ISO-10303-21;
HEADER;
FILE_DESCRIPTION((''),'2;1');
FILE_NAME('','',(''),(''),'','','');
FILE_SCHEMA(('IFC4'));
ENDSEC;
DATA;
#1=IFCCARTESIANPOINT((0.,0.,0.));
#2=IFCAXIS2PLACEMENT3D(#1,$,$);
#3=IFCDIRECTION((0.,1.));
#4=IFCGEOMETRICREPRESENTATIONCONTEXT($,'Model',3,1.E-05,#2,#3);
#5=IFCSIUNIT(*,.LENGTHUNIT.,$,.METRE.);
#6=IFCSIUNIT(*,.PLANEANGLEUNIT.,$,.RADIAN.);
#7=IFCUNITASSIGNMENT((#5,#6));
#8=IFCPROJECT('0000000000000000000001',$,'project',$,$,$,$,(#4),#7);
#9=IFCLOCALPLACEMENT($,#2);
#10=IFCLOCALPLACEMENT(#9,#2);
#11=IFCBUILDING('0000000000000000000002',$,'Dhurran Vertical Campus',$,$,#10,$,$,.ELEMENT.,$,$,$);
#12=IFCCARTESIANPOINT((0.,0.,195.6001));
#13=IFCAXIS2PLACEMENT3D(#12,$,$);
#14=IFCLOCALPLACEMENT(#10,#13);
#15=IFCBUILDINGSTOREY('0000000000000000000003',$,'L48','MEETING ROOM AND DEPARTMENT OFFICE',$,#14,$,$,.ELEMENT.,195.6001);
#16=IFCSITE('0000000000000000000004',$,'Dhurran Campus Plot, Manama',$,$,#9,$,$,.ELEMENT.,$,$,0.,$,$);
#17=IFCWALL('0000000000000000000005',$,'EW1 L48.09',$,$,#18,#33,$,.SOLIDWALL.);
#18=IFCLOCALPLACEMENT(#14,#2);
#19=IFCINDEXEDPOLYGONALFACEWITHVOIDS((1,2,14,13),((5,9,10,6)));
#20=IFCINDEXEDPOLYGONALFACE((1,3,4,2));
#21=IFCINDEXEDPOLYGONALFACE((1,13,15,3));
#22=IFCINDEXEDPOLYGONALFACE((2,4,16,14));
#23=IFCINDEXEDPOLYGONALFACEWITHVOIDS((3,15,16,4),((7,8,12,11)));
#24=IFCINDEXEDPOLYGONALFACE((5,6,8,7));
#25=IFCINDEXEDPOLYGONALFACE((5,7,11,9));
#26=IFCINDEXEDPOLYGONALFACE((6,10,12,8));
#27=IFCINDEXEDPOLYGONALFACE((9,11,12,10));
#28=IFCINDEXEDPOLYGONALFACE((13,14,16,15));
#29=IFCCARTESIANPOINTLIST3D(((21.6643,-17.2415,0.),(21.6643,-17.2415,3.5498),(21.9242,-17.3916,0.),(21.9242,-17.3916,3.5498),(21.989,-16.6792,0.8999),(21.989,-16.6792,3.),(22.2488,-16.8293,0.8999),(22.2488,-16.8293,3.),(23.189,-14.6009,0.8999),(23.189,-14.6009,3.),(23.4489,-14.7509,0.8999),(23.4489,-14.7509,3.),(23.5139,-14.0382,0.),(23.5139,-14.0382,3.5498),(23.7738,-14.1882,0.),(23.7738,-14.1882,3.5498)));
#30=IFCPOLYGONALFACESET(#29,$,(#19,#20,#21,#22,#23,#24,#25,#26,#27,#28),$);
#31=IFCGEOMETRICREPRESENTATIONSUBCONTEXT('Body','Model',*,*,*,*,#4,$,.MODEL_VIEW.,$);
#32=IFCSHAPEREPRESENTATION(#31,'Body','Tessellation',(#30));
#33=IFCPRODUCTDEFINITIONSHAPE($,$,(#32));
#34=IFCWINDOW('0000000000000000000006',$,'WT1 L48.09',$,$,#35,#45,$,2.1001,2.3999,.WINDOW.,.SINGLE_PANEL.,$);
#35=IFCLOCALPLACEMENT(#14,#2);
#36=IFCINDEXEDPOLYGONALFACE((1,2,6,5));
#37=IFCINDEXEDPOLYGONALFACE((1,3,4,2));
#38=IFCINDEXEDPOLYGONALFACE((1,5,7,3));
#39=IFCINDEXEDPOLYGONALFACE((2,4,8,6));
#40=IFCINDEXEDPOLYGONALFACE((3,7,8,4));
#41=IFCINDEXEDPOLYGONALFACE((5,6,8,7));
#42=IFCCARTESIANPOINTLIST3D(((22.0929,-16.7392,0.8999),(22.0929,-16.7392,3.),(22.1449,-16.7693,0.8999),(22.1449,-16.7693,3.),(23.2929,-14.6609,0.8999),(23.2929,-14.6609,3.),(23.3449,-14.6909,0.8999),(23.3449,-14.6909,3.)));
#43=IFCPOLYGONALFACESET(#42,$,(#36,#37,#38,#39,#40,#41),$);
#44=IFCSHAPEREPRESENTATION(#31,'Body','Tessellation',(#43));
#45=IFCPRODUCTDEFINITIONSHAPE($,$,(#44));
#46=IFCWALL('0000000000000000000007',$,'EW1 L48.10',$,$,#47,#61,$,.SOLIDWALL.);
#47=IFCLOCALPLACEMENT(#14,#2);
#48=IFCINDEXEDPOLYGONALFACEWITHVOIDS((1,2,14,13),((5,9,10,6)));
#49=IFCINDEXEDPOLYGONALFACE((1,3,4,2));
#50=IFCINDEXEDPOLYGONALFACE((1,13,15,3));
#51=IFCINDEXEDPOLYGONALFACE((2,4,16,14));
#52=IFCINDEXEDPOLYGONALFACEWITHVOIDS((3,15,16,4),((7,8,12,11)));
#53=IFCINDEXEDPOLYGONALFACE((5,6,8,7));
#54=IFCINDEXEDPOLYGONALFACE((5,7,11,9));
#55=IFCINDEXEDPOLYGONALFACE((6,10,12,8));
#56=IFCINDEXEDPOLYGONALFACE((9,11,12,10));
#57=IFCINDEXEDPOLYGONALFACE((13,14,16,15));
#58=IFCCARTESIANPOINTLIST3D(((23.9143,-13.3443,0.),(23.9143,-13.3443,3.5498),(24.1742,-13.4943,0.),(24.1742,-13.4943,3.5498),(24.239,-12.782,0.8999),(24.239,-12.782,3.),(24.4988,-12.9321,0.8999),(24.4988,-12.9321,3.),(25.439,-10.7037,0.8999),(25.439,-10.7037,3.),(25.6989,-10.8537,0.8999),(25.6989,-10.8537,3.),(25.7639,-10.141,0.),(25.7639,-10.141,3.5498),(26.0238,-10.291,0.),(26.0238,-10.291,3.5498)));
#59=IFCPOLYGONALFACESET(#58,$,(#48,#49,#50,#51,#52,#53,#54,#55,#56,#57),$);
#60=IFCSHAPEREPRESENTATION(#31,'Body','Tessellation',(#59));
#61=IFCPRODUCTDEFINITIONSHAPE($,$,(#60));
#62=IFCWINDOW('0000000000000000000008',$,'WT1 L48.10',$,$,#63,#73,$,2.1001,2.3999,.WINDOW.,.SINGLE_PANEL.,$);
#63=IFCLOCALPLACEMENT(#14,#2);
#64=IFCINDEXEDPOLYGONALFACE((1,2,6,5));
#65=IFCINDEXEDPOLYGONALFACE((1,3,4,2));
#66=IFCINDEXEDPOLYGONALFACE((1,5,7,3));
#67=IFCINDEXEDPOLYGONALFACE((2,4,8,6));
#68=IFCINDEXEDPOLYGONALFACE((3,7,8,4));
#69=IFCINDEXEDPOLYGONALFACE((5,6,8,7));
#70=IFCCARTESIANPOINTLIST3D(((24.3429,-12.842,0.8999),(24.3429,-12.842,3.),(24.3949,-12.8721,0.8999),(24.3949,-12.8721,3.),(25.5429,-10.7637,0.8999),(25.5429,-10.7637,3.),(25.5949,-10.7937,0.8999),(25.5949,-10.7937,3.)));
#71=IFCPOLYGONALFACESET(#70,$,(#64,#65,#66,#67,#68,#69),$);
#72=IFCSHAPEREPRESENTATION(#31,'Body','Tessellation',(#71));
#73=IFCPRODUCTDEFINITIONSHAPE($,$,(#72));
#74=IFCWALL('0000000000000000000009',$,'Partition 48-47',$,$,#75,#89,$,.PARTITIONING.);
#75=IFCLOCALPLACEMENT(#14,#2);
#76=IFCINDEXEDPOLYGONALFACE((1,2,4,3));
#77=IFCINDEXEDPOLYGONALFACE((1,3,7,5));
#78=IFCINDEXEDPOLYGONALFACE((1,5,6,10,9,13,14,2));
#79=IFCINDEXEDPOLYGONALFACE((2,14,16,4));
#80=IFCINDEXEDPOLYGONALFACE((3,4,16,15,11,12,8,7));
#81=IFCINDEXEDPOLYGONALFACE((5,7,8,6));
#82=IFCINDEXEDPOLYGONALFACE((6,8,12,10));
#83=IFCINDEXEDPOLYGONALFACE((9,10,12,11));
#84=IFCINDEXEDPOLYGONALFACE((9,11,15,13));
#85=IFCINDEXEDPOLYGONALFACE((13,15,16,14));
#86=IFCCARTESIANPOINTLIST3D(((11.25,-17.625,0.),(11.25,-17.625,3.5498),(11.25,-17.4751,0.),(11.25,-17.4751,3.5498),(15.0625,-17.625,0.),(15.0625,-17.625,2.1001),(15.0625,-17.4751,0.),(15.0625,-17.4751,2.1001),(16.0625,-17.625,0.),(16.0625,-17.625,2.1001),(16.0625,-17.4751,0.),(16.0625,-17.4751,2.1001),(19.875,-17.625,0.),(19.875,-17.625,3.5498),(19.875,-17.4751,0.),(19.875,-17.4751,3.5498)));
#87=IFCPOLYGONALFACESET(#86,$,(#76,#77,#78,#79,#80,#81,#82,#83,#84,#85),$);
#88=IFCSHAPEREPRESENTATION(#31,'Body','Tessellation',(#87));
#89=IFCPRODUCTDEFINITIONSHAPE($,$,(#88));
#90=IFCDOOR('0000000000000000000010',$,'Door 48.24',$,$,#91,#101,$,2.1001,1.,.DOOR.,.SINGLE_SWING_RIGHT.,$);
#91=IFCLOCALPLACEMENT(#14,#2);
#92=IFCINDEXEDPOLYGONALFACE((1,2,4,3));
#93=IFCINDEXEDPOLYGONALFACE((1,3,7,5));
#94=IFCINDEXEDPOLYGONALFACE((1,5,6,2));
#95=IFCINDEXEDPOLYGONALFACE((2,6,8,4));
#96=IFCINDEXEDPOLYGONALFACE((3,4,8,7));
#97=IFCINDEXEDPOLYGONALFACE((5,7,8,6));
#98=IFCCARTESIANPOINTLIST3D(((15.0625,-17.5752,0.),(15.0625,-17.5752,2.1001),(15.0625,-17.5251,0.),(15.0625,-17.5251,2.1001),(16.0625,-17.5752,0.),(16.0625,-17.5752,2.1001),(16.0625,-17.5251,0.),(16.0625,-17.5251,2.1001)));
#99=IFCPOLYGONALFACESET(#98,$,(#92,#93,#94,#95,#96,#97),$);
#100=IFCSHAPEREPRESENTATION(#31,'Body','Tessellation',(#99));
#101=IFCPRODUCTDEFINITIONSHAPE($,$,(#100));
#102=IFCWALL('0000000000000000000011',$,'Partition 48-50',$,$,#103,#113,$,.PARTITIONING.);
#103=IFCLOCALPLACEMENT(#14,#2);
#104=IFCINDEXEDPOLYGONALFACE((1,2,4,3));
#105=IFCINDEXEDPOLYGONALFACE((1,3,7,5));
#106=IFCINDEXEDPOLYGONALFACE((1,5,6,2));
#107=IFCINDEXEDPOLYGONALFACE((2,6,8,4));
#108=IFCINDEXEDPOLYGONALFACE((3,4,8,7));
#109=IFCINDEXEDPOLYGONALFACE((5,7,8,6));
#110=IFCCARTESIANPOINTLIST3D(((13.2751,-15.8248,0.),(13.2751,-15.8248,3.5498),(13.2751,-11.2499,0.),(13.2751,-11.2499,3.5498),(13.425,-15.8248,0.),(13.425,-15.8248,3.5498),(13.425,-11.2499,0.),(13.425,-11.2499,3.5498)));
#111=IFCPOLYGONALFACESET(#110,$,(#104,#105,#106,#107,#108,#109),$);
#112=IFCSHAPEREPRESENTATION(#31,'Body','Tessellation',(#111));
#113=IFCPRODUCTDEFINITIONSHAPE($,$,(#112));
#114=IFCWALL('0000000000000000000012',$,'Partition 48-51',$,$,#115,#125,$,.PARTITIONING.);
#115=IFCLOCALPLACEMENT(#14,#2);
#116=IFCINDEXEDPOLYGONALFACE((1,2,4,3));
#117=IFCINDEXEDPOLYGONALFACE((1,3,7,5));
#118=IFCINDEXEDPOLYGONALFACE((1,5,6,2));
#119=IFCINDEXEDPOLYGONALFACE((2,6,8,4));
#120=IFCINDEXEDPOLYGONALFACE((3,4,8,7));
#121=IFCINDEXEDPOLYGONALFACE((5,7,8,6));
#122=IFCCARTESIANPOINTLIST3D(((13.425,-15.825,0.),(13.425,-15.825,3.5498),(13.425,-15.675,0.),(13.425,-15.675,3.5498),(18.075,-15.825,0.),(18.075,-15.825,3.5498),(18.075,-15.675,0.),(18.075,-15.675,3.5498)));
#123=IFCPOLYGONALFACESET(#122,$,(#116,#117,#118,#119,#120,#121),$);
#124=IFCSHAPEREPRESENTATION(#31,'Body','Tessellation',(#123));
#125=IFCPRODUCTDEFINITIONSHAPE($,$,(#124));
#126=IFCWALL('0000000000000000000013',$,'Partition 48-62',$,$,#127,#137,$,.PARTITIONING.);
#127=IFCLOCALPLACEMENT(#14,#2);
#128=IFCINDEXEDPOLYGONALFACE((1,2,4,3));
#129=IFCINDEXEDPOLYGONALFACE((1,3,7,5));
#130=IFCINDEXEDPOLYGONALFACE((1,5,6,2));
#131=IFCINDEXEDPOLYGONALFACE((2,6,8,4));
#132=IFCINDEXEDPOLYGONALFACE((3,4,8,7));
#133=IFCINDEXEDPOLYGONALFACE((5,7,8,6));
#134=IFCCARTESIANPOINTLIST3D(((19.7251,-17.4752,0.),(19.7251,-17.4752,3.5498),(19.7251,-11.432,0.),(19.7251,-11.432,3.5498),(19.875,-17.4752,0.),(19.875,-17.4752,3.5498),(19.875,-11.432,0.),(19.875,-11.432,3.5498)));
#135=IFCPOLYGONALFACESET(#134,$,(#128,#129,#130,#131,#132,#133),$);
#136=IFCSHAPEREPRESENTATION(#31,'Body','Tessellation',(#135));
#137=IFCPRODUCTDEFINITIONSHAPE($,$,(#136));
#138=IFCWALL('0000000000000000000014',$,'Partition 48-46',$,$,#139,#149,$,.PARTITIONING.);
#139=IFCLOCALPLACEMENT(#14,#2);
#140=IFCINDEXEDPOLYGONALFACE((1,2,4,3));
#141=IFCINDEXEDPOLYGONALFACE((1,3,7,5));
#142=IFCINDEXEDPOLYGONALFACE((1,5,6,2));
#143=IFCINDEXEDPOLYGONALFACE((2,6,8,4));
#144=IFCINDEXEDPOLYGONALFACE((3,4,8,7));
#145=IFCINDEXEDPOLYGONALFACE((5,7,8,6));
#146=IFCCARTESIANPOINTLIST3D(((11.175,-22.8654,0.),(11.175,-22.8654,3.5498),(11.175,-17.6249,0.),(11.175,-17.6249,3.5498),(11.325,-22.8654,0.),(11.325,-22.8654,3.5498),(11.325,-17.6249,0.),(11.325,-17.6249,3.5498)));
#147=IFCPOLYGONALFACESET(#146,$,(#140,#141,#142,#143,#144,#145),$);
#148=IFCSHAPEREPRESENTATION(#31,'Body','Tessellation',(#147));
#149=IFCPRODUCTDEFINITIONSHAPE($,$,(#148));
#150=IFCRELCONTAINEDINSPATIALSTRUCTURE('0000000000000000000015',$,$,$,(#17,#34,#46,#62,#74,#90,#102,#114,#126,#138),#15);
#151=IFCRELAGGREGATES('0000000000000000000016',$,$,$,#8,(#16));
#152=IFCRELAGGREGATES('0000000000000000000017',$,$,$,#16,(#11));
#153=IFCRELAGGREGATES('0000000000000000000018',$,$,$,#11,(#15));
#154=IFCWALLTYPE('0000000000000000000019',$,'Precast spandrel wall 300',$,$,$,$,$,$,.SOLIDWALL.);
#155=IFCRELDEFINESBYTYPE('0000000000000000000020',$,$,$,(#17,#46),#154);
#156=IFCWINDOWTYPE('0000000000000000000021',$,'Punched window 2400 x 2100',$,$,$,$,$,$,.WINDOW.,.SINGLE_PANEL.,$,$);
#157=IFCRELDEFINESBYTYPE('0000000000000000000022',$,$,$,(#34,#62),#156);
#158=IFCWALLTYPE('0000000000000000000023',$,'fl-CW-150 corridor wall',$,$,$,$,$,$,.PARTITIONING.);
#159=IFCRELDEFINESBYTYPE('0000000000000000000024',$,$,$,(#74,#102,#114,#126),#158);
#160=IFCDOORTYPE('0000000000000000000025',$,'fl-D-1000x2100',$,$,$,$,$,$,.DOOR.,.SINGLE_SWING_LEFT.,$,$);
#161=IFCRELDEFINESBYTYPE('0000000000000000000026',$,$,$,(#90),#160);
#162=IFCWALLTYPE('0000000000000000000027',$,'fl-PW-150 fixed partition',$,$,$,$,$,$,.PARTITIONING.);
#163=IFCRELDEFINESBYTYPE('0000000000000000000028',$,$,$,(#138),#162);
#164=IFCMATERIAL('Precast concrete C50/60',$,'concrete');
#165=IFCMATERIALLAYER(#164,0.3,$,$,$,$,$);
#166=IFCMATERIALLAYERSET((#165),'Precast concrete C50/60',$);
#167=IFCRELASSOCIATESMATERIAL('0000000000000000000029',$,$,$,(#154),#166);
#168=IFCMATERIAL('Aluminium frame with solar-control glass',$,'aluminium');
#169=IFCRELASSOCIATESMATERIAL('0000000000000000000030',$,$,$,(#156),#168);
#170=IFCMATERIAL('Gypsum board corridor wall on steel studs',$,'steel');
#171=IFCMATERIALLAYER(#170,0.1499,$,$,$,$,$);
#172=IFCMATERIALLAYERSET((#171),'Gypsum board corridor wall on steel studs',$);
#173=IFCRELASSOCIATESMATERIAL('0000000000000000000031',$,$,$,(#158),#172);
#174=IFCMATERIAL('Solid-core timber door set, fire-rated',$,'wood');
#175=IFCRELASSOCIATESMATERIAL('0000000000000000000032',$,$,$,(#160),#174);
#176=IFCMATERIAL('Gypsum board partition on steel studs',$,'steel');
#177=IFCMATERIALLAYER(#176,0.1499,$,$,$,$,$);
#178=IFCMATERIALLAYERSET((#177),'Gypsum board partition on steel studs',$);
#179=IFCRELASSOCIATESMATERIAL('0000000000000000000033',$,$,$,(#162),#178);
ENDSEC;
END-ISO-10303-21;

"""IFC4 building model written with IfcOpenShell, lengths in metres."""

from ifc_helpers import new_model, si_unit, direction, frame, frame_2d, origin, place, context, subcontext, project, spatial, rectangle, extrude, material, layer, layer_set, type_object, element, fill, save


model = new_model("IFC4")

# Units and contexts
model_context = context("Model", 3, precision=1e-05, world=origin(), true_north=direction((0.0, 1.0)))
body_context = subcontext(model_context, "Body", "Model", "MODEL_VIEW")
ifc_project = project(units=[si_unit("LENGTHUNIT", "METRE"), si_unit("PLANEANGLEUNIT", "RADIAN")], contexts=[model_context])

# Site, building, storey
site_placement = place(None, origin())
site = spatial("IfcSite", under=ifc_project, at=site_placement, Name="Dhurran Campus Plot, Manama", CompositionType="ELEMENT", RefElevation=0.0)
building_placement = place(site_placement, origin())
building = spatial("IfcBuilding", under=site, at=building_placement, Name="Dhurran Vertical Campus", CompositionType="ELEMENT")
storey_placement = place(building_placement, frame((0.0, 0.0, 195.6001)))
storey = spatial("IfcBuildingStorey", under=building, at=storey_placement, Name="L48", Description="MEETING ROOM AND DEPARTMENT OFFICE", CompositionType="ELEMENT", Elevation=195.6001)

# Walls, openings, windows
ifc_material_1 = material(Name="Precast concrete C50/60", Category="concrete")
ifc_layer_1 = layer(ifc_material_1, 0.3)
ifc_layer_set_1 = layer_set([ifc_layer_1], Name="Precast concrete C50/60")
wall_type_1 = type_object("IfcWallType", Name="Precast spandrel wall 300", PredefinedType="SOLIDWALL", material=ifc_layer_set_1)
ifc_material_2 = material(Name="Aluminium frame with solar-control glass", Category="aluminium")
window_type = type_object("IfcWindowType", Name="Punched window 2400 x 2100", PartitioningType="SINGLE_PANEL", PredefinedType="WINDOW", material=ifc_material_2)
wall_1_placement = place(storey_placement, frame((21.7942, -17.3167, 0.0), z_axis=(0.0, 0.0, 1.0), x_axis=(0.500029, 0.866009, 0.0)))
wall_1 = element("IfcWall", 1, at=wall_1_placement, inside=storey, type_object=wall_type_1, Name="EW1 L48.09", PredefinedType="SOLIDWALL", context=body_context, shape_type="SweptSolid", body=[
    extrude(rectangle(XDim=3.699, YDim=0.3, at=frame_2d((1.8496, 0.0))), origin(), (0.0, 0.0, 1.0), 3.5498),
])
opening_1_placement = place(wall_1_placement, frame((0.6494, 0.0, 0.8999)))
opening_1 = element("IfcOpeningElement", 2, at=opening_1_placement, cuts=wall_1, PredefinedType="OPENING", context=body_context, shape_type="SweptSolid", body=[
    extrude(rectangle(XDim=2.3999, YDim=2.1001, at=frame_2d((1.2, 1.05))), frame((0.0, 0.1599, 0.0), z_axis=(0.0, -1.0, 0.0), x_axis=(1.0, 0.0, 0.0)), (0.0, 0.0, 1.0), 0.3201),
])
window_1_placement = place(opening_1_placement, origin())
window_1 = element("IfcWindow", 3, at=window_1_placement, inside=storey, type_object=window_type, Name="WT1 L48.09", OverallHeight=2.1001, OverallWidth=2.3999, PartitioningType="SINGLE_PANEL", PredefinedType="WINDOW", context=body_context, shape_type="SweptSolid", body=[
    extrude(rectangle(XDim=2.3999, YDim=2.1001, at=frame_2d((1.2, 1.05))), frame((0.0, 0.03, 0.0), z_axis=(0.0, -1.0, 0.0), x_axis=(1.0, 0.0, 0.0)), (0.0, 0.0, 1.0), 0.0601),
])
fill(opening_1, window_1)
wall_2_placement = place(storey_placement, frame((24.0442, -13.4194, 0.0), z_axis=(0.0, 0.0, 1.0), x_axis=(0.500029, 0.866009, 0.0)))
wall_2 = element("IfcWall", 4, at=wall_2_placement, inside=storey, type_object=wall_type_1, Name="EW1 L48.10", PredefinedType="SOLIDWALL", context=body_context, shape_type="SweptSolid", body=[
    extrude(rectangle(XDim=3.699, YDim=0.3, at=frame_2d((1.8496, 0.0))), origin(), (0.0, 0.0, 1.0), 3.5498),
])
opening_2_placement = place(wall_2_placement, frame((0.6494, 0.0, 0.8999)))
opening_2 = element("IfcOpeningElement", 5, at=opening_2_placement, cuts=wall_2, PredefinedType="OPENING", context=body_context, shape_type="SweptSolid", body=[
    extrude(rectangle(XDim=2.3999, YDim=2.1001, at=frame_2d((1.2, 1.05))), frame((0.0, 0.1599, 0.0), z_axis=(0.0, -1.0, 0.0), x_axis=(1.0, 0.0, 0.0)), (0.0, 0.0, 1.0), 0.3201),
])
window_2_placement = place(opening_2_placement, origin())
window_2 = element("IfcWindow", 6, at=window_2_placement, inside=storey, type_object=window_type, Name="WT1 L48.10", OverallHeight=2.1001, OverallWidth=2.3999, PartitioningType="SINGLE_PANEL", PredefinedType="WINDOW", context=body_context, shape_type="SweptSolid", body=[
    extrude(rectangle(XDim=2.3999, YDim=2.1001, at=frame_2d((1.2, 1.05))), frame((0.0, 0.03, 0.0), z_axis=(0.0, -1.0, 0.0), x_axis=(1.0, 0.0, 0.0)), (0.0, 0.0, 1.0), 0.0601),
])
fill(opening_2, window_2)

# Wall, opening, door
ifc_material_3 = material(Name="Gypsum board corridor wall on steel studs", Category="steel")
ifc_layer_2 = layer(ifc_material_3, 0.1499)
ifc_layer_set_2 = layer_set([ifc_layer_2], Name="Gypsum board corridor wall on steel studs")
wall_type_2 = type_object("IfcWallType", Name="fl-CW-150 corridor wall", PredefinedType="PARTITIONING", material=ifc_layer_set_2)
wall_3_placement = place(storey_placement, frame((11.25, -17.55, 0.0), z_axis=(0.0, 0.0, 1.0), x_axis=(1.0, 0.0, 0.0)))
wall_3 = element("IfcWall", 7, at=wall_3_placement, inside=storey, type_object=wall_type_2, Name="Partition 48-47", PredefinedType="PARTITIONING", context=body_context, shape_type="SweptSolid", body=[
    extrude(rectangle(XDim=8.625, YDim=0.1499, at=frame_2d((4.3125, 0.0))), origin(), (0.0, 0.0, 1.0), 3.5498),
])
opening_3_placement = place(wall_3_placement, frame((3.8125, 0.0, 0.0)))
opening_3 = element("IfcOpeningElement", 8, at=opening_3_placement, cuts=wall_3, PredefinedType="OPENING", context=body_context, shape_type="SweptSolid", body=[
    extrude(rectangle(XDim=1.0, YDim=2.1001, at=frame_2d((0.5, 1.05))), frame((0.0, 0.085, 0.0), z_axis=(0.0, -1.0, 0.0), x_axis=(1.0, 0.0, 0.0)), (0.0, 0.0, 1.0), 0.1699),
])
ifc_material_4 = material(Name="Solid-core timber door set, fire-rated", Category="wood")
door_type = type_object("IfcDoorType", Name="fl-D-1000x2100", OperationType="SINGLE_SWING_LEFT", PredefinedType="DOOR", material=ifc_material_4)
door_placement = place(opening_3_placement, origin())
door = element("IfcDoor", 9, at=door_placement, inside=storey, type_object=door_type, Name="Door 48.24", OperationType="SINGLE_SWING_RIGHT", OverallHeight=2.1001, OverallWidth=1.0, PredefinedType="DOOR", context=body_context, shape_type="SweptSolid", body=[
    extrude(rectangle(XDim=1.0, YDim=2.1001, at=frame_2d((0.5, 1.05))), frame((0.0, 0.0249, 0.0), z_axis=(0.0, -1.0, 0.0), x_axis=(1.0, 0.0, 0.0)), (0.0, 0.0, 1.0), 0.05),
])
fill(opening_3, door)

# Walls
wall_4_placement = place(storey_placement, frame((13.3501, -15.825, 0.0), z_axis=(0.0, 0.0, 1.0), x_axis=(0.0, 1.0, 0.0)))
element("IfcWall", 10, at=wall_4_placement, inside=storey, type_object=wall_type_2, Name="Partition 48-50", PredefinedType="PARTITIONING", context=body_context, shape_type="SweptSolid", body=[
    extrude(rectangle(XDim=4.575, YDim=0.1499, at=frame_2d((2.2876, 0.0))), origin(), (0.0, 0.0, 1.0), 3.5498),
])
wall_5_placement = place(storey_placement, frame((18.075, -15.75, 0.0), z_axis=(0.0, 0.0, 1.0), x_axis=(-1.0, 0.0, 0.0)))
element("IfcWall", 11, at=wall_5_placement, inside=storey, type_object=wall_type_2, Name="Partition 48-51", PredefinedType="PARTITIONING", context=body_context, shape_type="SweptSolid", body=[
    extrude(rectangle(XDim=4.6499, YDim=0.1499, at=frame_2d((2.325, 0.0))), origin(), (0.0, 0.0, 1.0), 3.5498),
])
wall_6_placement = place(storey_placement, frame((19.8, -17.4751, 0.0), z_axis=(0.0, 0.0, 1.0), x_axis=(0.0, 1.0, 0.0)))
element("IfcWall", 12, at=wall_6_placement, inside=storey, type_object=wall_type_2, Name="Partition 48-62", PredefinedType="PARTITIONING", context=body_context, shape_type="SweptSolid", body=[
    extrude(rectangle(XDim=6.0432, YDim=0.1499, at=frame_2d((3.0215, 0.0))), origin(), (0.0, 0.0, 1.0), 3.5498),
])
ifc_material_5 = material(Name="Gypsum board partition on steel studs", Category="steel")
ifc_layer_3 = layer(ifc_material_5, 0.1499)
ifc_layer_set_3 = layer_set([ifc_layer_3], Name="Gypsum board partition on steel studs")
wall_type_3 = type_object("IfcWallType", Name="fl-PW-150 fixed partition", PredefinedType="PARTITIONING", material=ifc_layer_set_3)
wall_7_placement = place(storey_placement, frame((11.25, -17.625, 0.0), z_axis=(0.0, 0.0, 1.0), x_axis=(0.0, -1.0, 0.0)))
element("IfcWall", 13, at=wall_7_placement, inside=storey, type_object=wall_type_3, Name="Partition 48-46", PredefinedType="PARTITIONING", context=body_context, shape_type="SweptSolid", body=[
    extrude(rectangle(XDim=5.2405, YDim=0.1499, at=frame_2d((2.6201, 0.0))), origin(), (0.0, 0.0, 1.0), 3.5498),
])

save(model, "model.ifc")
